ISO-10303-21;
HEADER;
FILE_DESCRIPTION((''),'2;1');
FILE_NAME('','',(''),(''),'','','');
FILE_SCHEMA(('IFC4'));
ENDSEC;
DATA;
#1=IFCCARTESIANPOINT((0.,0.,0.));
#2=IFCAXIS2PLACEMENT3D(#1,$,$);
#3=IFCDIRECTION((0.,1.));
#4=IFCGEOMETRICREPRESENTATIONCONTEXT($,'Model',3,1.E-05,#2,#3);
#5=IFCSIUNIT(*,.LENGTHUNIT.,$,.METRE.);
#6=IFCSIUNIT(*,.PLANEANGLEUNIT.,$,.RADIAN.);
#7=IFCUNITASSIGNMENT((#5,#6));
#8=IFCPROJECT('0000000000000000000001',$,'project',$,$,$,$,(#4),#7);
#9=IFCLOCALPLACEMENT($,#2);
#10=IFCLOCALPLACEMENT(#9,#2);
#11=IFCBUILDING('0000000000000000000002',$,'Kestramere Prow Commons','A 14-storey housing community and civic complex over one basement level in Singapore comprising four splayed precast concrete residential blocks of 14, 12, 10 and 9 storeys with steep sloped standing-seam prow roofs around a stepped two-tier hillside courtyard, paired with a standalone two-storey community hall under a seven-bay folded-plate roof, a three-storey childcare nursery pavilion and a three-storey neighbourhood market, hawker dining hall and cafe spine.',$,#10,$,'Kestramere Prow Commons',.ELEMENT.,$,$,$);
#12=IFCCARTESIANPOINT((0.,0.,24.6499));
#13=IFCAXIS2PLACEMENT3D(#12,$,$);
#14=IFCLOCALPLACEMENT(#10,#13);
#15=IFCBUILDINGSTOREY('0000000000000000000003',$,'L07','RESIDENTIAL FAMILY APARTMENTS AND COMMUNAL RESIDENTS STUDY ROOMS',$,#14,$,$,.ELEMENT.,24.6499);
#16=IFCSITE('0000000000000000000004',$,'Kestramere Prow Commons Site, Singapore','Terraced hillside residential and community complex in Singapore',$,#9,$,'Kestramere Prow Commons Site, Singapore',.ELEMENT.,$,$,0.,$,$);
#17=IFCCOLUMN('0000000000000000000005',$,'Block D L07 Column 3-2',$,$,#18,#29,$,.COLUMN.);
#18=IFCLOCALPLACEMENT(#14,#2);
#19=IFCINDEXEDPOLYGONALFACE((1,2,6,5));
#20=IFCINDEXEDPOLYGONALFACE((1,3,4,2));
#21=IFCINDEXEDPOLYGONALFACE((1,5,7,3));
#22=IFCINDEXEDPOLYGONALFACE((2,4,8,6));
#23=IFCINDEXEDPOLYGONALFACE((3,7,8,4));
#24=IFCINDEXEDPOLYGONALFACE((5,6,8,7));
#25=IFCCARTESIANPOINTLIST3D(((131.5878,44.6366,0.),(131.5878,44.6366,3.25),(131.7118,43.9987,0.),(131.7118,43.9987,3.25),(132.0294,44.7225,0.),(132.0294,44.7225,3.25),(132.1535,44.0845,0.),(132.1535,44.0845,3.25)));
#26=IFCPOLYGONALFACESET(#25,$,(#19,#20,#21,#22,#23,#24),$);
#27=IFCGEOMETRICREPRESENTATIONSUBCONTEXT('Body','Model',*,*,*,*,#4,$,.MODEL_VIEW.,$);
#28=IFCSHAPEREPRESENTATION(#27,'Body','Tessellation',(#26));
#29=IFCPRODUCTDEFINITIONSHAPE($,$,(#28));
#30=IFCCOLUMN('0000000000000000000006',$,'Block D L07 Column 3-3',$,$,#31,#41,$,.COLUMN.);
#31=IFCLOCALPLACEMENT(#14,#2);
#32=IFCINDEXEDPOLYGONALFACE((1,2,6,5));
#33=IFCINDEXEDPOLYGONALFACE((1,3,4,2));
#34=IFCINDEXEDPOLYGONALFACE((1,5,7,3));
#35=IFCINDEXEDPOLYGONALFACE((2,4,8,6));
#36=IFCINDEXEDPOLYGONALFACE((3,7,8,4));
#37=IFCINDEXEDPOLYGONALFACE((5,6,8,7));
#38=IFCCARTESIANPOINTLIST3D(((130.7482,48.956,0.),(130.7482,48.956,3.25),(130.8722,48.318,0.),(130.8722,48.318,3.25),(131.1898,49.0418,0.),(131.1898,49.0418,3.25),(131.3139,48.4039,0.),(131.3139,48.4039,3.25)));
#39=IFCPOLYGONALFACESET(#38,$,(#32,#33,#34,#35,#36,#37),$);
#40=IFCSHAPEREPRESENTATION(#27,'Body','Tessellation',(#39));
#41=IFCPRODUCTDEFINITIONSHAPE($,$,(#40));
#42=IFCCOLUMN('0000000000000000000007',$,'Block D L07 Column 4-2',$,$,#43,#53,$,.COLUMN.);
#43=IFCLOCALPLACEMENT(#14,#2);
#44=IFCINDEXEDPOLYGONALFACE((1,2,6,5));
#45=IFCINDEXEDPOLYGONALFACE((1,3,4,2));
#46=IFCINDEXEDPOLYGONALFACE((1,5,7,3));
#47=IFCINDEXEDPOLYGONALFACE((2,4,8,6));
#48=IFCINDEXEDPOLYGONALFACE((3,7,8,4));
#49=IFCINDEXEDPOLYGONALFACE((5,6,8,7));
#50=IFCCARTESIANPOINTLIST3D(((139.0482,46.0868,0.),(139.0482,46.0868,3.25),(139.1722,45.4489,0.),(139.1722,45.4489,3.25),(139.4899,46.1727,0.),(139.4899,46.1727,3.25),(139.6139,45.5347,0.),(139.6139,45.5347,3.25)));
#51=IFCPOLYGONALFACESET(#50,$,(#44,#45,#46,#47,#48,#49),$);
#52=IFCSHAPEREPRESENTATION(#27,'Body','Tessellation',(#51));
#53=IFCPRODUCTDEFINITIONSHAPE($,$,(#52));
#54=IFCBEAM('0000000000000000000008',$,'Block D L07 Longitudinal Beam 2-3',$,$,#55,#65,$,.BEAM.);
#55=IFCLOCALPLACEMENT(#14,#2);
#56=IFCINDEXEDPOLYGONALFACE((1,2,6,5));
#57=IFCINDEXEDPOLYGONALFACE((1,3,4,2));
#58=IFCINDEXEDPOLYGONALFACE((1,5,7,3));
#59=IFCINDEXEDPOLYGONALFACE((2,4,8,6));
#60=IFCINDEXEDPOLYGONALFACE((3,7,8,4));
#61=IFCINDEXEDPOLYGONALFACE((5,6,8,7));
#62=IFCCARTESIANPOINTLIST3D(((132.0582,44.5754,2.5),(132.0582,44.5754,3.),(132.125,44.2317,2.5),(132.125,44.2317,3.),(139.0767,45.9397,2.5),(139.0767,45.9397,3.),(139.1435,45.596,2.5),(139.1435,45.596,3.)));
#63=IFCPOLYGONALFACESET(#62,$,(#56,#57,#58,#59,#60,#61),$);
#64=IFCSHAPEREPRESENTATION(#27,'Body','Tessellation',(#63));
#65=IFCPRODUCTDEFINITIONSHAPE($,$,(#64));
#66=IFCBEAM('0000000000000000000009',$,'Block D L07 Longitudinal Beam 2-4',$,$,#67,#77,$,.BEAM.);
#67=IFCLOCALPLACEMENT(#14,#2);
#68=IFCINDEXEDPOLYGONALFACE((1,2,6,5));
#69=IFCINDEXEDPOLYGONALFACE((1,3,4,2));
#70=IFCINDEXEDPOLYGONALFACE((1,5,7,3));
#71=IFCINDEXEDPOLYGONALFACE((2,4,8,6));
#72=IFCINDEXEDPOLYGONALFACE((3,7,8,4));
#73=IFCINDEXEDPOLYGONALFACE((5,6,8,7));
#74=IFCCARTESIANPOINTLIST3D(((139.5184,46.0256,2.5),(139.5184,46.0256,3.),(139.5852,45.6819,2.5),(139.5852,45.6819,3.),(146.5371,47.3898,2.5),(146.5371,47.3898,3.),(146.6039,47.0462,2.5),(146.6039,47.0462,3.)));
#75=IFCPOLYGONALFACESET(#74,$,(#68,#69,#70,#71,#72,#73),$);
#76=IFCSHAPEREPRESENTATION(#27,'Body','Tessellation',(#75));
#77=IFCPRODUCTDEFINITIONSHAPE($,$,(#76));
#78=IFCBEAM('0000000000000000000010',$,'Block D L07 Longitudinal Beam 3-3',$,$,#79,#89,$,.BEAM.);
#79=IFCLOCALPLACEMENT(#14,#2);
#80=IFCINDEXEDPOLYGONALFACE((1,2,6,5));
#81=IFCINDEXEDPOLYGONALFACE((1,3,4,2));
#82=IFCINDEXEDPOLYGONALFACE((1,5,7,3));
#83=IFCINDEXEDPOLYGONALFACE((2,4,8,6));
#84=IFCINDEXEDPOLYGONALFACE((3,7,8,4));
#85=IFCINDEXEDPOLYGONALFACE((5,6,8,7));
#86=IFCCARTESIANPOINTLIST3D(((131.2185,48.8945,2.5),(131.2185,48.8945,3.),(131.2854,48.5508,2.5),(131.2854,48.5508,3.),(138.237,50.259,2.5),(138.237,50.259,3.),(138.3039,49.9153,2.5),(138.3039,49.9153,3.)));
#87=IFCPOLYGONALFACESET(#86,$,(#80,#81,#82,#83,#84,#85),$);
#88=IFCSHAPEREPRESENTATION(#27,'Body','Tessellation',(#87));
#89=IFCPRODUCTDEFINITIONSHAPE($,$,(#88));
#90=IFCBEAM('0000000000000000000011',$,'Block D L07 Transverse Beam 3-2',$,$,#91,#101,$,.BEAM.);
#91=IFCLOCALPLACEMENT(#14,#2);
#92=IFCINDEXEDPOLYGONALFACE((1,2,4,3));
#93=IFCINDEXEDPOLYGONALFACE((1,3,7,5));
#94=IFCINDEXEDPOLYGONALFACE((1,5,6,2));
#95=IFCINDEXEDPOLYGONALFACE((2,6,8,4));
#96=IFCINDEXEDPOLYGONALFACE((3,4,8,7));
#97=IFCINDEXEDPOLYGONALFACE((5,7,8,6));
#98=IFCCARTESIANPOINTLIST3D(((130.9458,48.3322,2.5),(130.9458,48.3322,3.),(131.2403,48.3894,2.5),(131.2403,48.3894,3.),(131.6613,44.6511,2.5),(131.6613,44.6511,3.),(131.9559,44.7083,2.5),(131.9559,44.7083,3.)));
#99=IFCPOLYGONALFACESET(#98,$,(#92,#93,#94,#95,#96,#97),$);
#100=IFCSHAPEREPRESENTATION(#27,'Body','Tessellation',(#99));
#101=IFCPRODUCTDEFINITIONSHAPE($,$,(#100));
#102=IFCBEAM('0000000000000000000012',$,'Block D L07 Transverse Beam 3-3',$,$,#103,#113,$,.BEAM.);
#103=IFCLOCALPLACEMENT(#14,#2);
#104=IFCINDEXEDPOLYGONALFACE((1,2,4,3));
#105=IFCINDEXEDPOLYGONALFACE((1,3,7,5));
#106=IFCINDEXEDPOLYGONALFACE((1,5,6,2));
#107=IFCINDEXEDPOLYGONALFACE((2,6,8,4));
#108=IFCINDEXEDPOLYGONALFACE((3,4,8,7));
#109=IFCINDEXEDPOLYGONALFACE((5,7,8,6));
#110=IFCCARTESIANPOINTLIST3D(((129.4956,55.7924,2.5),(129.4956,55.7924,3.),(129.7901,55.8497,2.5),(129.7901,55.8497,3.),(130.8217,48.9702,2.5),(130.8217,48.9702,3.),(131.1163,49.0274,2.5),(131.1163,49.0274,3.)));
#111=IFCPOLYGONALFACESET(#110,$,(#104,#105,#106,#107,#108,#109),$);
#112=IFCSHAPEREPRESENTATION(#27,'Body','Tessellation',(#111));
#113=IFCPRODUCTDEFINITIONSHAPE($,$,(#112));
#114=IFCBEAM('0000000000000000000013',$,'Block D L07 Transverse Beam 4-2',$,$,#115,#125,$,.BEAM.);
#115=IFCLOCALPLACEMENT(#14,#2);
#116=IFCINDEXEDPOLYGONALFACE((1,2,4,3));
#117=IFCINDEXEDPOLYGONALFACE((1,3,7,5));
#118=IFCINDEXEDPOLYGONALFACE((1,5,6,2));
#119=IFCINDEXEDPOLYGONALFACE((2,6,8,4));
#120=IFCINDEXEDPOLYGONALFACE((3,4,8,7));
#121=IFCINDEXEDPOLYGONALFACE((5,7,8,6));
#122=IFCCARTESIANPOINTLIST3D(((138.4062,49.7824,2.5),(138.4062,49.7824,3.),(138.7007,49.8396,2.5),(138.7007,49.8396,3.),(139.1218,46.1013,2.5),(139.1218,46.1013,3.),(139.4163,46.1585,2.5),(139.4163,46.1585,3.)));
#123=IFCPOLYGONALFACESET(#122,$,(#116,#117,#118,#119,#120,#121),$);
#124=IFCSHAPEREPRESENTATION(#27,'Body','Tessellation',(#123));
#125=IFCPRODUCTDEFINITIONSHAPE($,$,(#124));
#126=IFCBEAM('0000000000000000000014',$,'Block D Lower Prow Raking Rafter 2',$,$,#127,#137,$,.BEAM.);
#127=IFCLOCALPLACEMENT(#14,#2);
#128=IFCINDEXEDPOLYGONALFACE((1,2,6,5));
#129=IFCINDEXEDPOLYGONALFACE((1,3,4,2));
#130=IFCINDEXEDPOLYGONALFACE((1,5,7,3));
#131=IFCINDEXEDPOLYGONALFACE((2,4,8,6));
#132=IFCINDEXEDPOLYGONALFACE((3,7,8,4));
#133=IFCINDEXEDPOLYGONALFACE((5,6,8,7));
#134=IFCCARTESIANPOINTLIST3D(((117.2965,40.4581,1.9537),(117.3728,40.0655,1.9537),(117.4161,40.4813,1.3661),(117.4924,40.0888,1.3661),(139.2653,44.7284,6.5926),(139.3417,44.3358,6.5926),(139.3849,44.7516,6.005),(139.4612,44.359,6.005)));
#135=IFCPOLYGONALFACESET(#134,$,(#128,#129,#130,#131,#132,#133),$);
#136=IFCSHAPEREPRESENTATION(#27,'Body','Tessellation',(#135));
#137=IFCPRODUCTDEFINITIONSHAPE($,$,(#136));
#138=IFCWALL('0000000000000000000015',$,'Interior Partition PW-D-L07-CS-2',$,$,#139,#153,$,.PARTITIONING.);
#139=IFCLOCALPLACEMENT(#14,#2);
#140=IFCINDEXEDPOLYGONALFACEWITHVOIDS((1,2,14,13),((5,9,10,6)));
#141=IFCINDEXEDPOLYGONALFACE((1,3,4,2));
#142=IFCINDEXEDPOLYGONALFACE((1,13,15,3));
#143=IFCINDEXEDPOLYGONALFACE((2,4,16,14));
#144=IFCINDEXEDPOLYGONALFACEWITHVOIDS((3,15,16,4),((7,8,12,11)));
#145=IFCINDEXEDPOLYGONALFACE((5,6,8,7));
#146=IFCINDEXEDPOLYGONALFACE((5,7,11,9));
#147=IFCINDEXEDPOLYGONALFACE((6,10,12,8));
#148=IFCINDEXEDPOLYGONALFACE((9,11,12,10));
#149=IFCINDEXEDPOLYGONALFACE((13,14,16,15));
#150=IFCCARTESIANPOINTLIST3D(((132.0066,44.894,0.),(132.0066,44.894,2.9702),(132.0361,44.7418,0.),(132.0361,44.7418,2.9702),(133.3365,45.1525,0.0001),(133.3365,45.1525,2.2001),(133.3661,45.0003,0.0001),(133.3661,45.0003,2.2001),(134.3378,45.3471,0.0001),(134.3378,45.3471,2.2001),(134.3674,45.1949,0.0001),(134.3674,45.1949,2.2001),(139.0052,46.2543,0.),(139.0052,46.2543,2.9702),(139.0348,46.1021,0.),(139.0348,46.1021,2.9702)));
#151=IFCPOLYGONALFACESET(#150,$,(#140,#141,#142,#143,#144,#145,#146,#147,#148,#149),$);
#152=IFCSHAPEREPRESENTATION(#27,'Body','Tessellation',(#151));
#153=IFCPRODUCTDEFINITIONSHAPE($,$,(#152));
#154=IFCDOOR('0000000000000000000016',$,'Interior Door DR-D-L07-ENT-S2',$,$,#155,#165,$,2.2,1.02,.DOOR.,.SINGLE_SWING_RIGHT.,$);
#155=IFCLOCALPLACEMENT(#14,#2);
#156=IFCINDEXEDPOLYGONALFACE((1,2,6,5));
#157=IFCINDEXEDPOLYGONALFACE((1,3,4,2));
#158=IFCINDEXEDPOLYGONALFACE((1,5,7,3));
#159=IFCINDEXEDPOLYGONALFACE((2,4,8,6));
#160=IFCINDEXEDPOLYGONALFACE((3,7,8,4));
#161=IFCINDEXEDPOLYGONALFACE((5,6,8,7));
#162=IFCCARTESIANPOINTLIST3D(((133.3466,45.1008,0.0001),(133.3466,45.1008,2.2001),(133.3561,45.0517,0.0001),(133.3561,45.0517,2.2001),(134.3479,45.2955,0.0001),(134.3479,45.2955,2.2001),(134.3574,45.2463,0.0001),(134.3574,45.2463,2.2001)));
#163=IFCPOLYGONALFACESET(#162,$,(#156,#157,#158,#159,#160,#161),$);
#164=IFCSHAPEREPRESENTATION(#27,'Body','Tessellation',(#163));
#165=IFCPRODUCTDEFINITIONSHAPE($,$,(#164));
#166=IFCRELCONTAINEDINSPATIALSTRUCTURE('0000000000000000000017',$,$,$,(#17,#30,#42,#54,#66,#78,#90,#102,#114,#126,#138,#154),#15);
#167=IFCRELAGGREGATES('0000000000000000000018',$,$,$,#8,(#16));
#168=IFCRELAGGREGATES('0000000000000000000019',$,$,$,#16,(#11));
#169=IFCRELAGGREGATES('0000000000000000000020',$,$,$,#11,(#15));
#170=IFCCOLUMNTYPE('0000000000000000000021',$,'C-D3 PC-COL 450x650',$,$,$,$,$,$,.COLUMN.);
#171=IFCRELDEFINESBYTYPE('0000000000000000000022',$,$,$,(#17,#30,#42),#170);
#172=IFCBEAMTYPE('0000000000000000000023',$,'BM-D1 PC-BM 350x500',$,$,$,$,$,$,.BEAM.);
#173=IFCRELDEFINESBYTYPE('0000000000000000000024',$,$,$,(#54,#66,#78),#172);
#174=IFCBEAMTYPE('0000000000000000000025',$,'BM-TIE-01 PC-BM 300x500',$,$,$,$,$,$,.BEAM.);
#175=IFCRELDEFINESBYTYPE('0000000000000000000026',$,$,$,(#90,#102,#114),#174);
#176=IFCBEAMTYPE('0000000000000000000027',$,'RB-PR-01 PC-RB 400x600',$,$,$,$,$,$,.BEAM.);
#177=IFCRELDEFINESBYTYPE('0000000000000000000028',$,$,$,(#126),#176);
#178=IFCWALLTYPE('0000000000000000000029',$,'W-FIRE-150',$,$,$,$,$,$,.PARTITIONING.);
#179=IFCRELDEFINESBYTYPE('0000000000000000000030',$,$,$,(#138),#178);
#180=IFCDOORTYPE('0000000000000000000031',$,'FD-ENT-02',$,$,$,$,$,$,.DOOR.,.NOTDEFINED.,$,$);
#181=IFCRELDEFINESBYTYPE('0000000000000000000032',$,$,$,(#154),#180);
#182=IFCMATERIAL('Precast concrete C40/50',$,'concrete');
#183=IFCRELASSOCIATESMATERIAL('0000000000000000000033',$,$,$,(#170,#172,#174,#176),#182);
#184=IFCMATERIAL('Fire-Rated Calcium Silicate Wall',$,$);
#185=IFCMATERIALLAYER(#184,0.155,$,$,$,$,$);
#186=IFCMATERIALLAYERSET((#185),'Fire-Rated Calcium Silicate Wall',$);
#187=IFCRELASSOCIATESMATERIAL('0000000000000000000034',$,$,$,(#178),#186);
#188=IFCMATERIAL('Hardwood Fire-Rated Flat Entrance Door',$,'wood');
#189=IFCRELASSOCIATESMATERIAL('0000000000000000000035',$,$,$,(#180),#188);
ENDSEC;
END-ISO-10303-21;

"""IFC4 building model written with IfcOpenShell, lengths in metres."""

from ifc_helpers import new_model, si_unit, direction, frame, frame_2d, origin, origin_2d, place, context, subcontext, project, spatial, rectangle, extrude, material, layer, layer_set, material_profile, profile_set, type_object, element, fill, save


model = new_model("IFC4")

# Units and contexts
model_context = context("Model", 3, precision=1e-05, world=origin(), true_north=direction((0.0, 1.0)))
body_context = subcontext(model_context, "Body", "Model", "MODEL_VIEW")
ifc_project = project(units=[si_unit("LENGTHUNIT", "METRE"), si_unit("PLANEANGLEUNIT", "RADIAN")], contexts=[model_context])

# Site, building, storey
site_placement = place(None, origin())
site = spatial("IfcSite", under=ifc_project, at=site_placement, Name="Kestramere Prow Commons Site, Singapore", Description="Terraced hillside residential and community complex in Singapore", LongName="Kestramere Prow Commons Site, Singapore", CompositionType="ELEMENT", RefElevation=0.0)
building_placement = place(site_placement, origin())
building = spatial("IfcBuilding", under=site, at=building_placement, Name="Kestramere Prow Commons", Description="A 14-storey housing community and civic complex over one basement level in Singapore comprising four splayed precast concrete residential blocks of 14, 12, 10 and 9 storeys with steep sloped standing-seam prow roofs around a stepped two-tier hillside courtyard, paired with a standalone two-storey community hall under a seven-bay folded-plate roof, a three-storey childcare nursery pavilion and a three-storey neighbourhood market, hawker dining hall and cafe spine.", LongName="Kestramere Prow Commons", CompositionType="ELEMENT")
storey_placement = place(building_placement, frame((0.0, 0.0, 24.6499)))
storey = spatial("IfcBuildingStorey", under=building, at=storey_placement, Name="L07", Description="RESIDENTIAL FAMILY APARTMENTS AND COMMUNAL RESIDENTS STUDY ROOMS", CompositionType="ELEMENT", Elevation=24.6499)

# Columns
ifc_material_1 = material(Name="Precast concrete C40/50", Category="concrete")
ifc_material_profile_1 = material_profile(ifc_material_1, rectangle(XDim=0.45, YDim=0.6499, at=origin_2d()), Name="PC-COL 450x650")
ifc_profile_set_1 = profile_set([ifc_material_profile_1], Name="Precast concrete C40/50")
column_type = type_object("IfcColumnType", Name="C-D3 PC-COL 450x650", PredefinedType="COLUMN", material=ifc_profile_set_1)
for number, where, z_axis, x_axis, name in (
    (1, (131.8706, 44.3606, 0.0), (0.0, 0.0, 1.0), (0.981627, 0.190809, 0.0), "Block D L07 Column 3-2"),
    (2, (131.031, 48.6799, 0.0), (0.0, 0.0, 1.0), (0.981627, 0.190809, 0.0), "Block D L07 Column 3-3"),
    (3, (139.3311, 45.8108, 0.0), (0.0, 0.0, 1.0), (0.981627, 0.190809, 0.0), "Block D L07 Column 4-2"),
):
    element("IfcColumn", number, at=place(storey_placement, frame(where, z_axis=z_axis, x_axis=x_axis)), inside=storey, type_object=column_type, Name=name, PredefinedType="COLUMN", context=body_context, shape_type="SweptSolid", body=[
        extrude(rectangle(XDim=0.45, YDim=0.6499, at=origin_2d()), origin(), (0.0, 0.0, 1.0), 3.25),
    ])

# Beams
ifc_material_profile_2 = material_profile(ifc_material_1, rectangle(XDim=0.3501, YDim=0.5, at=origin_2d()), Name="PC-BM 350x500")
ifc_profile_set_2 = profile_set([ifc_material_profile_2], Name="Precast concrete C40/50")
beam_type_1 = type_object("IfcBeamType", Name="BM-D1 PC-BM 350x500", PredefinedType="BEAM", material=ifc_profile_set_2)
beam_1_placement = place(storey_placement, frame((132.0916, 44.4036, 2.75), z_axis=(0.981627, 0.190808, 0.0), x_axis=(-0.190808, 0.981627, 0.0)))
element("IfcBeam", 4, at=beam_1_placement, inside=storey, type_object=beam_type_1, Name="Block D L07 Longitudinal Beam 2-3", PredefinedType="BEAM", context=body_context, shape_type="SweptSolid", body=[
    extrude(rectangle(XDim=0.3501, YDim=0.5, at=origin_2d()), origin(), (0.0, 0.0, 1.0), 7.1499),
])
beam_2_placement = place(storey_placement, frame((139.5518, 45.8538, 2.75), z_axis=(0.981629, 0.190801, 0.0), x_axis=(-0.190801, 0.981629, 0.0)))
element("IfcBeam", 5, at=beam_2_placement, inside=storey, type_object=beam_type_1, Name="Block D L07 Longitudinal Beam 2-4", PredefinedType="BEAM", context=body_context, shape_type="SweptSolid", body=[
    extrude(rectangle(XDim=0.3501, YDim=0.5, at=origin_2d()), origin(), (0.0, 0.0, 1.0), 7.1501),
])
beam_3_placement = place(storey_placement, frame((131.252, 48.7227, 2.75), z_axis=(0.981621, 0.19084, 0.0), x_axis=(-0.19084, 0.981621, 0.0)))
element("IfcBeam", 6, at=beam_3_placement, inside=storey, type_object=beam_type_1, Name="Block D L07 Longitudinal Beam 3-3", PredefinedType="BEAM", context=body_context, shape_type="SweptSolid", body=[
    extrude(rectangle(XDim=0.3501, YDim=0.5, at=origin_2d()), origin(), (0.0, 0.0, 1.0), 7.1499),
])
ifc_material_profile_3 = material_profile(ifc_material_1, rectangle(XDim=0.3, YDim=0.5, at=origin_2d()), Name="PC-BM 300x500")
ifc_profile_set_3 = profile_set([ifc_material_profile_3], Name="Precast concrete C40/50")
beam_type_2 = type_object("IfcBeamType", Name="BM-TIE-01 PC-BM 300x500", PredefinedType="BEAM", material=ifc_profile_set_3)
beam_4_placement = place(storey_placement, frame((131.8086, 44.6797, 2.75), z_axis=(-0.190817, 0.981626, 0.0), x_axis=(-0.981626, -0.190817, 0.0)))
element("IfcBeam", 7, at=beam_4_placement, inside=storey, type_object=beam_type_2, Name="Block D L07 Transverse Beam 3-2", PredefinedType="BEAM", context=body_context, shape_type="SweptSolid", body=[
    extrude(rectangle(XDim=0.3, YDim=0.5, at=origin_2d()), origin(), (0.0, 0.0, 1.0), 3.75),
])
beam_5_placement = place(storey_placement, frame((130.969, 48.9988, 2.75), z_axis=(-0.190817, 0.981626, 0.0), x_axis=(-0.981626, -0.190817, 0.0)))
element("IfcBeam", 8, at=beam_5_placement, inside=storey, type_object=beam_type_2, Name="Block D L07 Transverse Beam 3-3", PredefinedType="BEAM", context=body_context, shape_type="SweptSolid", body=[
    extrude(rectangle(XDim=0.3, YDim=0.5, at=origin_2d()), origin(), (0.0, 0.0, 1.0), 6.95),
])
beam_6_placement = place(storey_placement, frame((139.269, 46.1299, 2.75), z_axis=(-0.190817, 0.981626, 0.0), x_axis=(-0.981626, -0.190817, 0.0)))
element("IfcBeam", 9, at=beam_6_placement, inside=storey, type_object=beam_type_2, Name="Block D L07 Transverse Beam 4-2", PredefinedType="BEAM", context=body_context, shape_type="SweptSolid", body=[
    extrude(rectangle(XDim=0.3, YDim=0.5, at=origin_2d()), origin(), (0.0, 0.0, 1.0), 3.75),
])
ifc_material_profile_4 = material_profile(ifc_material_1, rectangle(XDim=0.3999, YDim=0.6001, at=origin_2d()), Name="PC-RB 400x600")
ifc_profile_set_4 = profile_set([ifc_material_profile_4], Name="Precast concrete C40/50")
beam_type_3 = type_object("IfcBeamType", Name="RB-PR-01 PC-RB 400x600", PredefinedType="BEAM", material=ifc_profile_set_4)
beam_7_placement = place(storey_placement, frame((139.3633, 44.5437, 6.2988), z_axis=(-0.961196, -0.186836, -0.202966), x_axis=(0.190808, -0.981627, 0.0)))
element("IfcBeam", 10, at=beam_7_placement, inside=storey, type_object=beam_type_3, Name="Block D Lower Prow Raking Rafter 2", PredefinedType="BEAM", context=body_context, shape_type="SweptSolid", body=[
    extrude(rectangle(XDim=0.3999, YDim=0.6001, at=origin_2d()), origin(), (0.0, 0.0, 1.0), 22.8557),
])

# Wall, opening, door
ifc_material_2 = material(Name="Fire-Rated Calcium Silicate Wall")
ifc_layer_1 = layer(ifc_material_2, 0.155)
ifc_layer_set_1 = layer_set([ifc_layer_1], Name="Fire-Rated Calcium Silicate Wall")
wall_type_1 = type_object("IfcWallType", Name="W-FIRE-150", PredefinedType="PARTITIONING", material=ifc_layer_set_1)
wall_1_placement = place(storey_placement, frame((132.0212, 44.8179, 0.0), z_axis=(0.0, 0.0, 1.0), x_axis=(0.981629, 0.190799, 0.0)))
wall_1 = element("IfcWall", 11, at=wall_1_placement, inside=storey, type_object=wall_type_1, Name="Interior Partition PW-D-L07-CS-2", PredefinedType="PARTITIONING", context=body_context, shape_type="SweptSolid", body=[
    extrude(rectangle(XDim=7.1296, YDim=0.155, at=frame_2d((3.5649, 0.0))), origin(), (0.0, 0.0, 1.0), 2.9702),
])
opening_1_placement = place(wall_1_placement, frame((1.355, 0.0, 0.0)))
opening_1 = element("IfcOpeningElement", 12, at=opening_1_placement, cuts=wall_1, PredefinedType="OPENING", context=body_context, shape_type="SweptSolid", body=[
    extrude(rectangle(XDim=1.02, YDim=2.2, at=frame_2d((0.51, 1.1001))), frame((0.0, 0.0925, 0.0), z_axis=(0.0, -1.0, 0.0), x_axis=(1.0, 0.0, 0.0)), (0.0, 0.0, 1.0), 0.1851),
])
ifc_material_3 = material(Name="Hardwood Fire-Rated Flat Entrance Door", Category="wood")
door_type_1 = type_object("IfcDoorType", Name="FD-ENT-02", OperationType="NOTDEFINED", PredefinedType="DOOR", material=ifc_material_3)
door_1_placement = place(opening_1_placement, origin())
door_1 = element("IfcDoor", 13, at=door_1_placement, inside=storey, type_object=door_type_1, Name="Interior Door DR-D-L07-ENT-S2", OperationType="SINGLE_SWING_RIGHT", OverallHeight=2.2, OverallWidth=1.02, PredefinedType="DOOR", context=body_context, shape_type="SweptSolid", body=[
    extrude(rectangle(XDim=1.02, YDim=2.2, at=frame_2d((0.51, 1.1001))), frame((0.0, 0.0249, 0.0), z_axis=(0.0, -1.0, 0.0), x_axis=(1.0, 0.0, 0.0)), (0.0, 0.0, 1.0), 0.05),
])
fill(opening_1, door_1)

save(model, "model.ifc")
